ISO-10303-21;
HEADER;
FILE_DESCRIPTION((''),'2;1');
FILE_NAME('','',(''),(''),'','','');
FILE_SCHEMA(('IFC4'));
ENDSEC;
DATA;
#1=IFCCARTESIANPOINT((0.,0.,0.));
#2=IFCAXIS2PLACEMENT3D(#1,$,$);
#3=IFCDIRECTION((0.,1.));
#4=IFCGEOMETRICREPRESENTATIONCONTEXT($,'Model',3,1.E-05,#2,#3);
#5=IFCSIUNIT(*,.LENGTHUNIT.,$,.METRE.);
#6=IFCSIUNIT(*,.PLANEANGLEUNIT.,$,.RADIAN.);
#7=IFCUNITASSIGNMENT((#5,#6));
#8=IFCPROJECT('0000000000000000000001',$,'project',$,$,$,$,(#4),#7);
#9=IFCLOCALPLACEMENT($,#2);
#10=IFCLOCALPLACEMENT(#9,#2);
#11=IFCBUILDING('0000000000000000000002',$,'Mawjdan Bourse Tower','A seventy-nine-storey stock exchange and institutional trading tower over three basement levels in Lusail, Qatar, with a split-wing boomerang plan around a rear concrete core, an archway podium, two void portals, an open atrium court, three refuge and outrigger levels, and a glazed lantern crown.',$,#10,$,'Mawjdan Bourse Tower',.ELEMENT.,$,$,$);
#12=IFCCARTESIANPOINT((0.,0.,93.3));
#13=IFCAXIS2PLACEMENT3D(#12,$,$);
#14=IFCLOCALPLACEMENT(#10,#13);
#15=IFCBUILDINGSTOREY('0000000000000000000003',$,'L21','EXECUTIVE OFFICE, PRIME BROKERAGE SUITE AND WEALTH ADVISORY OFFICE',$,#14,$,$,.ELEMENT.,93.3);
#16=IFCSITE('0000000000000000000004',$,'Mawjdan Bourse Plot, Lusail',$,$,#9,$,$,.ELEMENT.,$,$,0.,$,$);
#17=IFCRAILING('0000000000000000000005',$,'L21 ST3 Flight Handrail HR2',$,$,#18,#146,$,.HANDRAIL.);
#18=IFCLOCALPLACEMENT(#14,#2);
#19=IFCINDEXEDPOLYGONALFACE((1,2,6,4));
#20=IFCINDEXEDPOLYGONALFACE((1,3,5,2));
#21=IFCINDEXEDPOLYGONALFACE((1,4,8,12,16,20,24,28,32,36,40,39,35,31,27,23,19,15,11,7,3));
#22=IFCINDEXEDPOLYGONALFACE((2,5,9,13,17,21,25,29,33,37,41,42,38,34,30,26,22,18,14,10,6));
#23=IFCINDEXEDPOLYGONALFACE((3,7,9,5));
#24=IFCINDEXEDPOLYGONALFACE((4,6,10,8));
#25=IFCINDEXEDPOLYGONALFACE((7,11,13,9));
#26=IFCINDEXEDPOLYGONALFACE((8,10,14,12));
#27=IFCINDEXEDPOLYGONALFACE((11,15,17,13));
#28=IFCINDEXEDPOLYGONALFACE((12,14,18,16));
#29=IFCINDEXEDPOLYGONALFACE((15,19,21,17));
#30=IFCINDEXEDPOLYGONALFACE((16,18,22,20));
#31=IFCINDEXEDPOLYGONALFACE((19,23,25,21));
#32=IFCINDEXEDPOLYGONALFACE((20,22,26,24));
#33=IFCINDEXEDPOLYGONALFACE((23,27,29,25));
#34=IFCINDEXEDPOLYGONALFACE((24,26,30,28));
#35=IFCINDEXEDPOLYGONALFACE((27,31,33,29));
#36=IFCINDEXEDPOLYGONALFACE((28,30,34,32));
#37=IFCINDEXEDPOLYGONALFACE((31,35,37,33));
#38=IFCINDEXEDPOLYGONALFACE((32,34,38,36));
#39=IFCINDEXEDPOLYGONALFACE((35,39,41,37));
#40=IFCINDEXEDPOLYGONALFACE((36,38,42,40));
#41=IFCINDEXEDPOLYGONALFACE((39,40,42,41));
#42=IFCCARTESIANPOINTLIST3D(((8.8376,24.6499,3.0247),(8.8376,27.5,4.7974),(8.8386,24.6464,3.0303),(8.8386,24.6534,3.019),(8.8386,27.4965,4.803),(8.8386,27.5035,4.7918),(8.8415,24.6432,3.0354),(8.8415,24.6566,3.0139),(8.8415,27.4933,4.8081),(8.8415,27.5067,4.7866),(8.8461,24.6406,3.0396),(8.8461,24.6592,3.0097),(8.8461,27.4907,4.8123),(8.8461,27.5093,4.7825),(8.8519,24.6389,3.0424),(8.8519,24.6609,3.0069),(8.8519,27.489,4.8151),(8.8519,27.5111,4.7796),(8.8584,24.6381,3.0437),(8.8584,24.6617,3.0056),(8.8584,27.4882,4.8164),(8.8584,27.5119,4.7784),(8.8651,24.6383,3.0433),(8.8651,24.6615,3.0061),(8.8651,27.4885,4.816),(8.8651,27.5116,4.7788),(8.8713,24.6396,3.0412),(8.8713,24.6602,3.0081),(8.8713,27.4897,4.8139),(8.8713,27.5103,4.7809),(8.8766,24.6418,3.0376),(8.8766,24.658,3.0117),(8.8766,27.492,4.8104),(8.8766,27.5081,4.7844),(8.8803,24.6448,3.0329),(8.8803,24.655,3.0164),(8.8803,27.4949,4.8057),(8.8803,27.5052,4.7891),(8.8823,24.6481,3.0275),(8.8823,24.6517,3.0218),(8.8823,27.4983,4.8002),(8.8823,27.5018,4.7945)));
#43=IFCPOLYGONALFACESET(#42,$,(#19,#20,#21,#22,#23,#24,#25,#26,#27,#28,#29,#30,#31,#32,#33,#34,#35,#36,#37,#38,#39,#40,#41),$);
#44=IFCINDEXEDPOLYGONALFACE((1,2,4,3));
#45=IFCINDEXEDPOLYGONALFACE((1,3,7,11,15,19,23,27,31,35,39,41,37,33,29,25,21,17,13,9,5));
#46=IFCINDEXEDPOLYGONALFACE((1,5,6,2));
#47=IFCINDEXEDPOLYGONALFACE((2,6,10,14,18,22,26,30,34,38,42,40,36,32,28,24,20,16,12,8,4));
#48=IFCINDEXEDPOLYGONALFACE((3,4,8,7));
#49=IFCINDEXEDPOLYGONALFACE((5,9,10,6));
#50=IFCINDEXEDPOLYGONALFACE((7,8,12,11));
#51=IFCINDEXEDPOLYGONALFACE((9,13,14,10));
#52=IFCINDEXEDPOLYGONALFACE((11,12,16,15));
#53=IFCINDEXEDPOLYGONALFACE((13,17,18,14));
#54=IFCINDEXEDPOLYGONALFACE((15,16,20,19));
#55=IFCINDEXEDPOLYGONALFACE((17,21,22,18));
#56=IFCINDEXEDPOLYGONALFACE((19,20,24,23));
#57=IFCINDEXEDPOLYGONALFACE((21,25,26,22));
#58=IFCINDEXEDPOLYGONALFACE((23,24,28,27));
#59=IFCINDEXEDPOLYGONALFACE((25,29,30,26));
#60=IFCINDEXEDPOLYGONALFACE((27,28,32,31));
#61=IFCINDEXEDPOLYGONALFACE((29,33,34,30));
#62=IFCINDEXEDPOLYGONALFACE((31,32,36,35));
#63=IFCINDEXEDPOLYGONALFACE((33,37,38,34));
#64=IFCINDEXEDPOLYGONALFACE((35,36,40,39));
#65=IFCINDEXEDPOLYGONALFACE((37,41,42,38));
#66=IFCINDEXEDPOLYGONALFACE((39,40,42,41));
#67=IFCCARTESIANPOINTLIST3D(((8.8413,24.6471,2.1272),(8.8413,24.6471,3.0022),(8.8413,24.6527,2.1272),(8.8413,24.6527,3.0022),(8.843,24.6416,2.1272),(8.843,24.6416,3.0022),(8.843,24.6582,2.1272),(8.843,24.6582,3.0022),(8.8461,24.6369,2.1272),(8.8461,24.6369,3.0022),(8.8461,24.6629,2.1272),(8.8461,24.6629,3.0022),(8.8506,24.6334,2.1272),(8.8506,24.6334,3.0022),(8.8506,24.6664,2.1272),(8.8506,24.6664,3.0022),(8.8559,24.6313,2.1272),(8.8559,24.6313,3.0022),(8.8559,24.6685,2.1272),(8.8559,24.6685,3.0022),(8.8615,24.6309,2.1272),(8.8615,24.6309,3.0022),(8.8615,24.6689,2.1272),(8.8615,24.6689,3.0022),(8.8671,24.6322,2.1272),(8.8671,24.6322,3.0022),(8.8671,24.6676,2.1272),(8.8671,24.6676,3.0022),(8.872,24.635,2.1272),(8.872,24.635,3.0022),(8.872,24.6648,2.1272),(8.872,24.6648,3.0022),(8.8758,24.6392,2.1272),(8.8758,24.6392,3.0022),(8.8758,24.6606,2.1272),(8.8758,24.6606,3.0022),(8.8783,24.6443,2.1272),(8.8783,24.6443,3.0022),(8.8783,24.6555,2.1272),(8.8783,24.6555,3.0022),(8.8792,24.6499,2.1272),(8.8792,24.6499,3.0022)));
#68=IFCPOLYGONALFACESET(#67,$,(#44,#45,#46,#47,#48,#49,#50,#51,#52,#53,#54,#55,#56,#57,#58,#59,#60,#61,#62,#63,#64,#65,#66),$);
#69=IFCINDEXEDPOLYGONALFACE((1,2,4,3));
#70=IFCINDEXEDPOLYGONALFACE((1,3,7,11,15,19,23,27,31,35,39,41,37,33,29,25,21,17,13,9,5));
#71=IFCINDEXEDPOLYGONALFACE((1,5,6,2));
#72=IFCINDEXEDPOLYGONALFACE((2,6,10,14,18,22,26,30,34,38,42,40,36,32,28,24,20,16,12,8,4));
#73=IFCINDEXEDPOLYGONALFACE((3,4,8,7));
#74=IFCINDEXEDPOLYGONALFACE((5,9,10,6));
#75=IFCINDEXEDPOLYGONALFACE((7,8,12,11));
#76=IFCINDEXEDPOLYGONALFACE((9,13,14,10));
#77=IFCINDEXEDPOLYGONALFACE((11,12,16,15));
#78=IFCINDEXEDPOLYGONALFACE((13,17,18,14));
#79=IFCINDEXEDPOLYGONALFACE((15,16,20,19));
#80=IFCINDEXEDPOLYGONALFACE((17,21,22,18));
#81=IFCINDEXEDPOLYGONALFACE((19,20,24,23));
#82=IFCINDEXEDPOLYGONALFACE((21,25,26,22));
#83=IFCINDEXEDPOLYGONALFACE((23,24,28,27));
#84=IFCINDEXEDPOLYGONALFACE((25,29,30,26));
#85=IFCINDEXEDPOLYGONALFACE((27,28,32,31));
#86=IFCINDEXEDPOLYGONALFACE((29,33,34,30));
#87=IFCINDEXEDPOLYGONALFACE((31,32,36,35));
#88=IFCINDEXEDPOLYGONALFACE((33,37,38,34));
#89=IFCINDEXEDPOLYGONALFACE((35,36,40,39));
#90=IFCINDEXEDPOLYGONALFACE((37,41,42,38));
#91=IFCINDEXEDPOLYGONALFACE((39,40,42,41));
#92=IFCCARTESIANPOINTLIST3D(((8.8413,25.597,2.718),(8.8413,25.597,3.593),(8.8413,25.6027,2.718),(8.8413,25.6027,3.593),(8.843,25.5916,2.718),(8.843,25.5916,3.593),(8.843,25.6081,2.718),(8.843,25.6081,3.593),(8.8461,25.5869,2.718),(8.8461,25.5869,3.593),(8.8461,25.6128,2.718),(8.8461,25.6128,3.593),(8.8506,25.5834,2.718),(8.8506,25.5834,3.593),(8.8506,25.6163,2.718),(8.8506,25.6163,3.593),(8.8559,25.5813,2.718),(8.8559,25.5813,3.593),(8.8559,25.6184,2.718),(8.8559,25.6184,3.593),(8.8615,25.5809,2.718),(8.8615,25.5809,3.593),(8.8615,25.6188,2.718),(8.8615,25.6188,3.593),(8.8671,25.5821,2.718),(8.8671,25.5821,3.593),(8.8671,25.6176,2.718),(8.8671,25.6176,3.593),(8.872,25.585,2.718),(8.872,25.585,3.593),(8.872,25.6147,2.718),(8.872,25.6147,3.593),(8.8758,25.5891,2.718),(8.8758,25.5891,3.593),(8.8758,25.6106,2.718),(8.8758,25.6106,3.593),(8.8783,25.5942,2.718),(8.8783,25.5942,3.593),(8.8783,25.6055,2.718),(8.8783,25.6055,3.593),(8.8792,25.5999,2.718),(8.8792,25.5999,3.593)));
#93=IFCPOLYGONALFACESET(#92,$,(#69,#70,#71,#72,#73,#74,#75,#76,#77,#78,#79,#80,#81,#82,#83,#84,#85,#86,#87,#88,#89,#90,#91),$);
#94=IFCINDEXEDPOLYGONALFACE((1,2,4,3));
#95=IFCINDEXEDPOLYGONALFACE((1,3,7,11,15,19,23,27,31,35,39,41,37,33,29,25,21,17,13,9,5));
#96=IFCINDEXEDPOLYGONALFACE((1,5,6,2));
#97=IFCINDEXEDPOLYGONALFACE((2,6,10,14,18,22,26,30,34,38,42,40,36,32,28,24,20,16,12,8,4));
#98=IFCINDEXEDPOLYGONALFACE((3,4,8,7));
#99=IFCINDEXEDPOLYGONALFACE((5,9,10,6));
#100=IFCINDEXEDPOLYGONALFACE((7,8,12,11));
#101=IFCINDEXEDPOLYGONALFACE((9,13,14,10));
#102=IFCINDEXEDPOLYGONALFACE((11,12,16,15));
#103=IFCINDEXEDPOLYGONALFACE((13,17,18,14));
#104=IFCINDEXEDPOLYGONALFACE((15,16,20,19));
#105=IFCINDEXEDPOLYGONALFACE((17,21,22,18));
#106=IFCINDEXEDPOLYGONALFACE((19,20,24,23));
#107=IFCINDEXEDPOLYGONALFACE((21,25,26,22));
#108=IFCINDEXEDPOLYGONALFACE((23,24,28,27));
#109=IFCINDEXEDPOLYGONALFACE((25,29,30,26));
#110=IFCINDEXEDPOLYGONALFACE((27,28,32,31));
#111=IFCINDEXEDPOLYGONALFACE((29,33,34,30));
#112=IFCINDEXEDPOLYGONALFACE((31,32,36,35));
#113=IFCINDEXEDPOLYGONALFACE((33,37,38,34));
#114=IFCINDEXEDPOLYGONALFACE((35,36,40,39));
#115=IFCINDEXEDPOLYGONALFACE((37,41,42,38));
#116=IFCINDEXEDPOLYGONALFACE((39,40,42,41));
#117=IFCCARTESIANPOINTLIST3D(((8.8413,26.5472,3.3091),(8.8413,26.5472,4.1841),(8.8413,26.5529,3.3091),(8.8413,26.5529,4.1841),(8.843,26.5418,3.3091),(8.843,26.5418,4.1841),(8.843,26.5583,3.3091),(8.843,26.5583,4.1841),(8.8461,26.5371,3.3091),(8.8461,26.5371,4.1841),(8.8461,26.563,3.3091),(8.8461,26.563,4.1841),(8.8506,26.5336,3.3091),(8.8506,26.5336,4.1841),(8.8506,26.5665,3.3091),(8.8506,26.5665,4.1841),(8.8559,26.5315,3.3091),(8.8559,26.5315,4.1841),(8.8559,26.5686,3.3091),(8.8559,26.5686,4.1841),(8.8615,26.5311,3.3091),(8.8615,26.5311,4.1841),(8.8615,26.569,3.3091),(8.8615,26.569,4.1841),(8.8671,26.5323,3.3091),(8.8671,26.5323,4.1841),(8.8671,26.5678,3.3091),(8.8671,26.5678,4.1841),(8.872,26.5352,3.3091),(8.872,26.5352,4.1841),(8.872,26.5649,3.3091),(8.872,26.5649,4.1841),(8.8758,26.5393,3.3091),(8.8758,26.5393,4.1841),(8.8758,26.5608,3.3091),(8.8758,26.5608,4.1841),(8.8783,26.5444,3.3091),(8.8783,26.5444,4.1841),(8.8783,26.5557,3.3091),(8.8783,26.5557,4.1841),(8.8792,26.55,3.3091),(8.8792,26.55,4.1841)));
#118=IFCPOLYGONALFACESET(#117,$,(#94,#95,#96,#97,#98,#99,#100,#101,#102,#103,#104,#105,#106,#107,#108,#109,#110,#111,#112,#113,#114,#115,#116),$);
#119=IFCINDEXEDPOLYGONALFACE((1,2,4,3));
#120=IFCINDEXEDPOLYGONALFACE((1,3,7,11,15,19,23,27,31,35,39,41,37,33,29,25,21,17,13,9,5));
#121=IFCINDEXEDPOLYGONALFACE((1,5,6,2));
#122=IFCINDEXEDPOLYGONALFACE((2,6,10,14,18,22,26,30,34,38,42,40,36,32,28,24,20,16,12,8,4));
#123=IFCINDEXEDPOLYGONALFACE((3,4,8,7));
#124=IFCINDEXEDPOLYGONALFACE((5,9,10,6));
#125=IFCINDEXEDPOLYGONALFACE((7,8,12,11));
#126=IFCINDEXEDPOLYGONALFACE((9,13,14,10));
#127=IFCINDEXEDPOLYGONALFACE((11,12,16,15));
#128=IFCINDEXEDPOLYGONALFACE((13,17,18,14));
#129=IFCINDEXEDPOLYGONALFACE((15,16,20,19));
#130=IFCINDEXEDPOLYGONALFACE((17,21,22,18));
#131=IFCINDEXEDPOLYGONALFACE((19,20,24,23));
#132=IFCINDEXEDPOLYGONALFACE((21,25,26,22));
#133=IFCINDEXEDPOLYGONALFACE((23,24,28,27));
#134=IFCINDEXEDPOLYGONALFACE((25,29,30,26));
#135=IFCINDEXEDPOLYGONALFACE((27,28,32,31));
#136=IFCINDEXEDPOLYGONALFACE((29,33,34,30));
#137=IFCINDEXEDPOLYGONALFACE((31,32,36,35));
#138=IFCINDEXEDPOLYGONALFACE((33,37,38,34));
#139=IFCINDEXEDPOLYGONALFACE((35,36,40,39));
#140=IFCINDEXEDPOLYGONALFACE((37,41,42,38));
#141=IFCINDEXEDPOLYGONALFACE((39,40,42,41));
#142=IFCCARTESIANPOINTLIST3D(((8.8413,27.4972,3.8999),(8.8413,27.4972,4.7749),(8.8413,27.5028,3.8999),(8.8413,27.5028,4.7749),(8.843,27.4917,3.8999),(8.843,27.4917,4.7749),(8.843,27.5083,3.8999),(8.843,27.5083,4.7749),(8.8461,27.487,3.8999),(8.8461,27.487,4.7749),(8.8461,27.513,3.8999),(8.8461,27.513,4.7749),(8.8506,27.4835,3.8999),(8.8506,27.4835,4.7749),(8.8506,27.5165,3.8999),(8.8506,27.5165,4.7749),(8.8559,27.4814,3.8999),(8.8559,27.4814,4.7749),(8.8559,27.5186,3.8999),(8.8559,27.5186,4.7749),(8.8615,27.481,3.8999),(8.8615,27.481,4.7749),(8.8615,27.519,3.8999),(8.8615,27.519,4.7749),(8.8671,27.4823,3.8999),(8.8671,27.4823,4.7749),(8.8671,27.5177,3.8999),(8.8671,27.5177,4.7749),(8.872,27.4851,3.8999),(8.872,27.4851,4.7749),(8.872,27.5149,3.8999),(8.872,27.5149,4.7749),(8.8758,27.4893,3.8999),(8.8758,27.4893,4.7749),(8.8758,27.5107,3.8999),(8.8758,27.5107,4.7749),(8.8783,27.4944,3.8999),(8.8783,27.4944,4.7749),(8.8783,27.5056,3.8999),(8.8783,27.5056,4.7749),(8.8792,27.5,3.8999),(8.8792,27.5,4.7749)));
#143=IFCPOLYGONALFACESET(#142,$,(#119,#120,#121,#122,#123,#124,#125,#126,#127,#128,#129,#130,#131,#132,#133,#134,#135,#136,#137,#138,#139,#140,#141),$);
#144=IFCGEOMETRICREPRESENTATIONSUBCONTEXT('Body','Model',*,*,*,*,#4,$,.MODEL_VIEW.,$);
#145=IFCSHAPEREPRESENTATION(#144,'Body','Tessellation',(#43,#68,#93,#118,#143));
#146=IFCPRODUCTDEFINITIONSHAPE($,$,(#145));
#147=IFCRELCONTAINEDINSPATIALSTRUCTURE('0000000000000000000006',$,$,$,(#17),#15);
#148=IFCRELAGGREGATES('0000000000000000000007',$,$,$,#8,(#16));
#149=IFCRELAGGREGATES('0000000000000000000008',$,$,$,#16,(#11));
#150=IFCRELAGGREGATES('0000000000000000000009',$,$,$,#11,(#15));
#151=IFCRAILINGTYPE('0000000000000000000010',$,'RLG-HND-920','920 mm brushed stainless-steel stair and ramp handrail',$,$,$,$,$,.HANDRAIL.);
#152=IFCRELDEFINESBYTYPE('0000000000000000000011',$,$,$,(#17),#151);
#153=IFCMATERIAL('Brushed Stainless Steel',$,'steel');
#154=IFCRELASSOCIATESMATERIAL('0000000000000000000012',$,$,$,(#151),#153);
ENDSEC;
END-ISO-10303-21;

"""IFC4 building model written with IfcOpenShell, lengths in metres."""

from ifc_helpers import new_model, si_unit, direction, frame, origin, origin_2d, place, context, subcontext, project, spatial, circle, extrude, material, type_object, element, save


model = new_model("IFC4")

# Units and contexts
model_context = context("Model", 3, precision=1e-05, world=origin(), true_north=direction((0.0, 1.0)))
body_context = subcontext(model_context, "Body", "Model", "MODEL_VIEW")
ifc_project = project(units=[si_unit("LENGTHUNIT", "METRE"), si_unit("PLANEANGLEUNIT", "RADIAN")], contexts=[model_context])

# Site, building, storey
site_placement = place(None, origin())
site = spatial("IfcSite", under=ifc_project, at=site_placement, Name="Mawjdan Bourse Plot, Lusail", CompositionType="ELEMENT", RefElevation=0.0)
building_placement = place(site_placement, origin())
building = spatial("IfcBuilding", under=site, at=building_placement, Name="Mawjdan Bourse Tower", Description="A seventy-nine-storey stock exchange and institutional trading tower over three basement levels in Lusail, Qatar, with a split-wing boomerang plan around a rear concrete core, an archway podium, two void portals, an open atrium court, three refuge and outrigger levels, and a glazed lantern crown.", LongName="Mawjdan Bourse Tower", CompositionType="ELEMENT")
storey_placement = place(building_placement, frame((0.0, 0.0, 93.3)))
storey = spatial("IfcBuildingStorey", under=building, at=storey_placement, Name="L21", Description="EXECUTIVE OFFICE, PRIME BROKERAGE SUITE AND WEALTH ADVISORY OFFICE", CompositionType="ELEMENT", Elevation=93.3)

# Railing
ifc_material_1 = material(Name="Brushed Stainless Steel", Category="steel")
railing_type_1 = type_object("IfcRailingType", Name="RLG-HND-920", Description="920 mm brushed stainless-steel stair and ramp handrail", PredefinedType="HANDRAIL", material=ifc_material_1)
railing_1_placement = place(storey_placement, frame((8.8601, 24.6499, 2.1272)))
element("IfcRailing", 1, at=railing_1_placement, inside=storey, type_object=railing_type_1, Name="L21 ST3 Flight Handrail HR2", PredefinedType="HANDRAIL", context=body_context, shape_type="SweptSolid", body=[
    extrude(circle(Radius=0.0225, at=origin_2d()), frame((0.0, 0.0, 0.8975), z_axis=(0.0, 0.849149, 0.528154), x_axis=(-1.0, 0.0, 0.0)), (0.0, 0.0, 1.0), 3.3564),
    extrude(circle(Radius=0.019, at=origin_2d()), origin(), (0.0, 0.0, 1.0), 0.875),
    extrude(circle(Radius=0.019, at=origin_2d()), frame((0.0, 0.95, 0.5908)), (0.0, 0.0, 1.0), 0.875),
    extrude(circle(Radius=0.019, at=origin_2d()), frame((0.0, 1.9001, 1.1819)), (0.0, 0.0, 1.0), 0.875),
    extrude(circle(Radius=0.019, at=origin_2d()), frame((0.0, 2.8501, 1.7727)), (0.0, 0.0, 1.0), 0.875),
])

save(model, "model.ifc")
